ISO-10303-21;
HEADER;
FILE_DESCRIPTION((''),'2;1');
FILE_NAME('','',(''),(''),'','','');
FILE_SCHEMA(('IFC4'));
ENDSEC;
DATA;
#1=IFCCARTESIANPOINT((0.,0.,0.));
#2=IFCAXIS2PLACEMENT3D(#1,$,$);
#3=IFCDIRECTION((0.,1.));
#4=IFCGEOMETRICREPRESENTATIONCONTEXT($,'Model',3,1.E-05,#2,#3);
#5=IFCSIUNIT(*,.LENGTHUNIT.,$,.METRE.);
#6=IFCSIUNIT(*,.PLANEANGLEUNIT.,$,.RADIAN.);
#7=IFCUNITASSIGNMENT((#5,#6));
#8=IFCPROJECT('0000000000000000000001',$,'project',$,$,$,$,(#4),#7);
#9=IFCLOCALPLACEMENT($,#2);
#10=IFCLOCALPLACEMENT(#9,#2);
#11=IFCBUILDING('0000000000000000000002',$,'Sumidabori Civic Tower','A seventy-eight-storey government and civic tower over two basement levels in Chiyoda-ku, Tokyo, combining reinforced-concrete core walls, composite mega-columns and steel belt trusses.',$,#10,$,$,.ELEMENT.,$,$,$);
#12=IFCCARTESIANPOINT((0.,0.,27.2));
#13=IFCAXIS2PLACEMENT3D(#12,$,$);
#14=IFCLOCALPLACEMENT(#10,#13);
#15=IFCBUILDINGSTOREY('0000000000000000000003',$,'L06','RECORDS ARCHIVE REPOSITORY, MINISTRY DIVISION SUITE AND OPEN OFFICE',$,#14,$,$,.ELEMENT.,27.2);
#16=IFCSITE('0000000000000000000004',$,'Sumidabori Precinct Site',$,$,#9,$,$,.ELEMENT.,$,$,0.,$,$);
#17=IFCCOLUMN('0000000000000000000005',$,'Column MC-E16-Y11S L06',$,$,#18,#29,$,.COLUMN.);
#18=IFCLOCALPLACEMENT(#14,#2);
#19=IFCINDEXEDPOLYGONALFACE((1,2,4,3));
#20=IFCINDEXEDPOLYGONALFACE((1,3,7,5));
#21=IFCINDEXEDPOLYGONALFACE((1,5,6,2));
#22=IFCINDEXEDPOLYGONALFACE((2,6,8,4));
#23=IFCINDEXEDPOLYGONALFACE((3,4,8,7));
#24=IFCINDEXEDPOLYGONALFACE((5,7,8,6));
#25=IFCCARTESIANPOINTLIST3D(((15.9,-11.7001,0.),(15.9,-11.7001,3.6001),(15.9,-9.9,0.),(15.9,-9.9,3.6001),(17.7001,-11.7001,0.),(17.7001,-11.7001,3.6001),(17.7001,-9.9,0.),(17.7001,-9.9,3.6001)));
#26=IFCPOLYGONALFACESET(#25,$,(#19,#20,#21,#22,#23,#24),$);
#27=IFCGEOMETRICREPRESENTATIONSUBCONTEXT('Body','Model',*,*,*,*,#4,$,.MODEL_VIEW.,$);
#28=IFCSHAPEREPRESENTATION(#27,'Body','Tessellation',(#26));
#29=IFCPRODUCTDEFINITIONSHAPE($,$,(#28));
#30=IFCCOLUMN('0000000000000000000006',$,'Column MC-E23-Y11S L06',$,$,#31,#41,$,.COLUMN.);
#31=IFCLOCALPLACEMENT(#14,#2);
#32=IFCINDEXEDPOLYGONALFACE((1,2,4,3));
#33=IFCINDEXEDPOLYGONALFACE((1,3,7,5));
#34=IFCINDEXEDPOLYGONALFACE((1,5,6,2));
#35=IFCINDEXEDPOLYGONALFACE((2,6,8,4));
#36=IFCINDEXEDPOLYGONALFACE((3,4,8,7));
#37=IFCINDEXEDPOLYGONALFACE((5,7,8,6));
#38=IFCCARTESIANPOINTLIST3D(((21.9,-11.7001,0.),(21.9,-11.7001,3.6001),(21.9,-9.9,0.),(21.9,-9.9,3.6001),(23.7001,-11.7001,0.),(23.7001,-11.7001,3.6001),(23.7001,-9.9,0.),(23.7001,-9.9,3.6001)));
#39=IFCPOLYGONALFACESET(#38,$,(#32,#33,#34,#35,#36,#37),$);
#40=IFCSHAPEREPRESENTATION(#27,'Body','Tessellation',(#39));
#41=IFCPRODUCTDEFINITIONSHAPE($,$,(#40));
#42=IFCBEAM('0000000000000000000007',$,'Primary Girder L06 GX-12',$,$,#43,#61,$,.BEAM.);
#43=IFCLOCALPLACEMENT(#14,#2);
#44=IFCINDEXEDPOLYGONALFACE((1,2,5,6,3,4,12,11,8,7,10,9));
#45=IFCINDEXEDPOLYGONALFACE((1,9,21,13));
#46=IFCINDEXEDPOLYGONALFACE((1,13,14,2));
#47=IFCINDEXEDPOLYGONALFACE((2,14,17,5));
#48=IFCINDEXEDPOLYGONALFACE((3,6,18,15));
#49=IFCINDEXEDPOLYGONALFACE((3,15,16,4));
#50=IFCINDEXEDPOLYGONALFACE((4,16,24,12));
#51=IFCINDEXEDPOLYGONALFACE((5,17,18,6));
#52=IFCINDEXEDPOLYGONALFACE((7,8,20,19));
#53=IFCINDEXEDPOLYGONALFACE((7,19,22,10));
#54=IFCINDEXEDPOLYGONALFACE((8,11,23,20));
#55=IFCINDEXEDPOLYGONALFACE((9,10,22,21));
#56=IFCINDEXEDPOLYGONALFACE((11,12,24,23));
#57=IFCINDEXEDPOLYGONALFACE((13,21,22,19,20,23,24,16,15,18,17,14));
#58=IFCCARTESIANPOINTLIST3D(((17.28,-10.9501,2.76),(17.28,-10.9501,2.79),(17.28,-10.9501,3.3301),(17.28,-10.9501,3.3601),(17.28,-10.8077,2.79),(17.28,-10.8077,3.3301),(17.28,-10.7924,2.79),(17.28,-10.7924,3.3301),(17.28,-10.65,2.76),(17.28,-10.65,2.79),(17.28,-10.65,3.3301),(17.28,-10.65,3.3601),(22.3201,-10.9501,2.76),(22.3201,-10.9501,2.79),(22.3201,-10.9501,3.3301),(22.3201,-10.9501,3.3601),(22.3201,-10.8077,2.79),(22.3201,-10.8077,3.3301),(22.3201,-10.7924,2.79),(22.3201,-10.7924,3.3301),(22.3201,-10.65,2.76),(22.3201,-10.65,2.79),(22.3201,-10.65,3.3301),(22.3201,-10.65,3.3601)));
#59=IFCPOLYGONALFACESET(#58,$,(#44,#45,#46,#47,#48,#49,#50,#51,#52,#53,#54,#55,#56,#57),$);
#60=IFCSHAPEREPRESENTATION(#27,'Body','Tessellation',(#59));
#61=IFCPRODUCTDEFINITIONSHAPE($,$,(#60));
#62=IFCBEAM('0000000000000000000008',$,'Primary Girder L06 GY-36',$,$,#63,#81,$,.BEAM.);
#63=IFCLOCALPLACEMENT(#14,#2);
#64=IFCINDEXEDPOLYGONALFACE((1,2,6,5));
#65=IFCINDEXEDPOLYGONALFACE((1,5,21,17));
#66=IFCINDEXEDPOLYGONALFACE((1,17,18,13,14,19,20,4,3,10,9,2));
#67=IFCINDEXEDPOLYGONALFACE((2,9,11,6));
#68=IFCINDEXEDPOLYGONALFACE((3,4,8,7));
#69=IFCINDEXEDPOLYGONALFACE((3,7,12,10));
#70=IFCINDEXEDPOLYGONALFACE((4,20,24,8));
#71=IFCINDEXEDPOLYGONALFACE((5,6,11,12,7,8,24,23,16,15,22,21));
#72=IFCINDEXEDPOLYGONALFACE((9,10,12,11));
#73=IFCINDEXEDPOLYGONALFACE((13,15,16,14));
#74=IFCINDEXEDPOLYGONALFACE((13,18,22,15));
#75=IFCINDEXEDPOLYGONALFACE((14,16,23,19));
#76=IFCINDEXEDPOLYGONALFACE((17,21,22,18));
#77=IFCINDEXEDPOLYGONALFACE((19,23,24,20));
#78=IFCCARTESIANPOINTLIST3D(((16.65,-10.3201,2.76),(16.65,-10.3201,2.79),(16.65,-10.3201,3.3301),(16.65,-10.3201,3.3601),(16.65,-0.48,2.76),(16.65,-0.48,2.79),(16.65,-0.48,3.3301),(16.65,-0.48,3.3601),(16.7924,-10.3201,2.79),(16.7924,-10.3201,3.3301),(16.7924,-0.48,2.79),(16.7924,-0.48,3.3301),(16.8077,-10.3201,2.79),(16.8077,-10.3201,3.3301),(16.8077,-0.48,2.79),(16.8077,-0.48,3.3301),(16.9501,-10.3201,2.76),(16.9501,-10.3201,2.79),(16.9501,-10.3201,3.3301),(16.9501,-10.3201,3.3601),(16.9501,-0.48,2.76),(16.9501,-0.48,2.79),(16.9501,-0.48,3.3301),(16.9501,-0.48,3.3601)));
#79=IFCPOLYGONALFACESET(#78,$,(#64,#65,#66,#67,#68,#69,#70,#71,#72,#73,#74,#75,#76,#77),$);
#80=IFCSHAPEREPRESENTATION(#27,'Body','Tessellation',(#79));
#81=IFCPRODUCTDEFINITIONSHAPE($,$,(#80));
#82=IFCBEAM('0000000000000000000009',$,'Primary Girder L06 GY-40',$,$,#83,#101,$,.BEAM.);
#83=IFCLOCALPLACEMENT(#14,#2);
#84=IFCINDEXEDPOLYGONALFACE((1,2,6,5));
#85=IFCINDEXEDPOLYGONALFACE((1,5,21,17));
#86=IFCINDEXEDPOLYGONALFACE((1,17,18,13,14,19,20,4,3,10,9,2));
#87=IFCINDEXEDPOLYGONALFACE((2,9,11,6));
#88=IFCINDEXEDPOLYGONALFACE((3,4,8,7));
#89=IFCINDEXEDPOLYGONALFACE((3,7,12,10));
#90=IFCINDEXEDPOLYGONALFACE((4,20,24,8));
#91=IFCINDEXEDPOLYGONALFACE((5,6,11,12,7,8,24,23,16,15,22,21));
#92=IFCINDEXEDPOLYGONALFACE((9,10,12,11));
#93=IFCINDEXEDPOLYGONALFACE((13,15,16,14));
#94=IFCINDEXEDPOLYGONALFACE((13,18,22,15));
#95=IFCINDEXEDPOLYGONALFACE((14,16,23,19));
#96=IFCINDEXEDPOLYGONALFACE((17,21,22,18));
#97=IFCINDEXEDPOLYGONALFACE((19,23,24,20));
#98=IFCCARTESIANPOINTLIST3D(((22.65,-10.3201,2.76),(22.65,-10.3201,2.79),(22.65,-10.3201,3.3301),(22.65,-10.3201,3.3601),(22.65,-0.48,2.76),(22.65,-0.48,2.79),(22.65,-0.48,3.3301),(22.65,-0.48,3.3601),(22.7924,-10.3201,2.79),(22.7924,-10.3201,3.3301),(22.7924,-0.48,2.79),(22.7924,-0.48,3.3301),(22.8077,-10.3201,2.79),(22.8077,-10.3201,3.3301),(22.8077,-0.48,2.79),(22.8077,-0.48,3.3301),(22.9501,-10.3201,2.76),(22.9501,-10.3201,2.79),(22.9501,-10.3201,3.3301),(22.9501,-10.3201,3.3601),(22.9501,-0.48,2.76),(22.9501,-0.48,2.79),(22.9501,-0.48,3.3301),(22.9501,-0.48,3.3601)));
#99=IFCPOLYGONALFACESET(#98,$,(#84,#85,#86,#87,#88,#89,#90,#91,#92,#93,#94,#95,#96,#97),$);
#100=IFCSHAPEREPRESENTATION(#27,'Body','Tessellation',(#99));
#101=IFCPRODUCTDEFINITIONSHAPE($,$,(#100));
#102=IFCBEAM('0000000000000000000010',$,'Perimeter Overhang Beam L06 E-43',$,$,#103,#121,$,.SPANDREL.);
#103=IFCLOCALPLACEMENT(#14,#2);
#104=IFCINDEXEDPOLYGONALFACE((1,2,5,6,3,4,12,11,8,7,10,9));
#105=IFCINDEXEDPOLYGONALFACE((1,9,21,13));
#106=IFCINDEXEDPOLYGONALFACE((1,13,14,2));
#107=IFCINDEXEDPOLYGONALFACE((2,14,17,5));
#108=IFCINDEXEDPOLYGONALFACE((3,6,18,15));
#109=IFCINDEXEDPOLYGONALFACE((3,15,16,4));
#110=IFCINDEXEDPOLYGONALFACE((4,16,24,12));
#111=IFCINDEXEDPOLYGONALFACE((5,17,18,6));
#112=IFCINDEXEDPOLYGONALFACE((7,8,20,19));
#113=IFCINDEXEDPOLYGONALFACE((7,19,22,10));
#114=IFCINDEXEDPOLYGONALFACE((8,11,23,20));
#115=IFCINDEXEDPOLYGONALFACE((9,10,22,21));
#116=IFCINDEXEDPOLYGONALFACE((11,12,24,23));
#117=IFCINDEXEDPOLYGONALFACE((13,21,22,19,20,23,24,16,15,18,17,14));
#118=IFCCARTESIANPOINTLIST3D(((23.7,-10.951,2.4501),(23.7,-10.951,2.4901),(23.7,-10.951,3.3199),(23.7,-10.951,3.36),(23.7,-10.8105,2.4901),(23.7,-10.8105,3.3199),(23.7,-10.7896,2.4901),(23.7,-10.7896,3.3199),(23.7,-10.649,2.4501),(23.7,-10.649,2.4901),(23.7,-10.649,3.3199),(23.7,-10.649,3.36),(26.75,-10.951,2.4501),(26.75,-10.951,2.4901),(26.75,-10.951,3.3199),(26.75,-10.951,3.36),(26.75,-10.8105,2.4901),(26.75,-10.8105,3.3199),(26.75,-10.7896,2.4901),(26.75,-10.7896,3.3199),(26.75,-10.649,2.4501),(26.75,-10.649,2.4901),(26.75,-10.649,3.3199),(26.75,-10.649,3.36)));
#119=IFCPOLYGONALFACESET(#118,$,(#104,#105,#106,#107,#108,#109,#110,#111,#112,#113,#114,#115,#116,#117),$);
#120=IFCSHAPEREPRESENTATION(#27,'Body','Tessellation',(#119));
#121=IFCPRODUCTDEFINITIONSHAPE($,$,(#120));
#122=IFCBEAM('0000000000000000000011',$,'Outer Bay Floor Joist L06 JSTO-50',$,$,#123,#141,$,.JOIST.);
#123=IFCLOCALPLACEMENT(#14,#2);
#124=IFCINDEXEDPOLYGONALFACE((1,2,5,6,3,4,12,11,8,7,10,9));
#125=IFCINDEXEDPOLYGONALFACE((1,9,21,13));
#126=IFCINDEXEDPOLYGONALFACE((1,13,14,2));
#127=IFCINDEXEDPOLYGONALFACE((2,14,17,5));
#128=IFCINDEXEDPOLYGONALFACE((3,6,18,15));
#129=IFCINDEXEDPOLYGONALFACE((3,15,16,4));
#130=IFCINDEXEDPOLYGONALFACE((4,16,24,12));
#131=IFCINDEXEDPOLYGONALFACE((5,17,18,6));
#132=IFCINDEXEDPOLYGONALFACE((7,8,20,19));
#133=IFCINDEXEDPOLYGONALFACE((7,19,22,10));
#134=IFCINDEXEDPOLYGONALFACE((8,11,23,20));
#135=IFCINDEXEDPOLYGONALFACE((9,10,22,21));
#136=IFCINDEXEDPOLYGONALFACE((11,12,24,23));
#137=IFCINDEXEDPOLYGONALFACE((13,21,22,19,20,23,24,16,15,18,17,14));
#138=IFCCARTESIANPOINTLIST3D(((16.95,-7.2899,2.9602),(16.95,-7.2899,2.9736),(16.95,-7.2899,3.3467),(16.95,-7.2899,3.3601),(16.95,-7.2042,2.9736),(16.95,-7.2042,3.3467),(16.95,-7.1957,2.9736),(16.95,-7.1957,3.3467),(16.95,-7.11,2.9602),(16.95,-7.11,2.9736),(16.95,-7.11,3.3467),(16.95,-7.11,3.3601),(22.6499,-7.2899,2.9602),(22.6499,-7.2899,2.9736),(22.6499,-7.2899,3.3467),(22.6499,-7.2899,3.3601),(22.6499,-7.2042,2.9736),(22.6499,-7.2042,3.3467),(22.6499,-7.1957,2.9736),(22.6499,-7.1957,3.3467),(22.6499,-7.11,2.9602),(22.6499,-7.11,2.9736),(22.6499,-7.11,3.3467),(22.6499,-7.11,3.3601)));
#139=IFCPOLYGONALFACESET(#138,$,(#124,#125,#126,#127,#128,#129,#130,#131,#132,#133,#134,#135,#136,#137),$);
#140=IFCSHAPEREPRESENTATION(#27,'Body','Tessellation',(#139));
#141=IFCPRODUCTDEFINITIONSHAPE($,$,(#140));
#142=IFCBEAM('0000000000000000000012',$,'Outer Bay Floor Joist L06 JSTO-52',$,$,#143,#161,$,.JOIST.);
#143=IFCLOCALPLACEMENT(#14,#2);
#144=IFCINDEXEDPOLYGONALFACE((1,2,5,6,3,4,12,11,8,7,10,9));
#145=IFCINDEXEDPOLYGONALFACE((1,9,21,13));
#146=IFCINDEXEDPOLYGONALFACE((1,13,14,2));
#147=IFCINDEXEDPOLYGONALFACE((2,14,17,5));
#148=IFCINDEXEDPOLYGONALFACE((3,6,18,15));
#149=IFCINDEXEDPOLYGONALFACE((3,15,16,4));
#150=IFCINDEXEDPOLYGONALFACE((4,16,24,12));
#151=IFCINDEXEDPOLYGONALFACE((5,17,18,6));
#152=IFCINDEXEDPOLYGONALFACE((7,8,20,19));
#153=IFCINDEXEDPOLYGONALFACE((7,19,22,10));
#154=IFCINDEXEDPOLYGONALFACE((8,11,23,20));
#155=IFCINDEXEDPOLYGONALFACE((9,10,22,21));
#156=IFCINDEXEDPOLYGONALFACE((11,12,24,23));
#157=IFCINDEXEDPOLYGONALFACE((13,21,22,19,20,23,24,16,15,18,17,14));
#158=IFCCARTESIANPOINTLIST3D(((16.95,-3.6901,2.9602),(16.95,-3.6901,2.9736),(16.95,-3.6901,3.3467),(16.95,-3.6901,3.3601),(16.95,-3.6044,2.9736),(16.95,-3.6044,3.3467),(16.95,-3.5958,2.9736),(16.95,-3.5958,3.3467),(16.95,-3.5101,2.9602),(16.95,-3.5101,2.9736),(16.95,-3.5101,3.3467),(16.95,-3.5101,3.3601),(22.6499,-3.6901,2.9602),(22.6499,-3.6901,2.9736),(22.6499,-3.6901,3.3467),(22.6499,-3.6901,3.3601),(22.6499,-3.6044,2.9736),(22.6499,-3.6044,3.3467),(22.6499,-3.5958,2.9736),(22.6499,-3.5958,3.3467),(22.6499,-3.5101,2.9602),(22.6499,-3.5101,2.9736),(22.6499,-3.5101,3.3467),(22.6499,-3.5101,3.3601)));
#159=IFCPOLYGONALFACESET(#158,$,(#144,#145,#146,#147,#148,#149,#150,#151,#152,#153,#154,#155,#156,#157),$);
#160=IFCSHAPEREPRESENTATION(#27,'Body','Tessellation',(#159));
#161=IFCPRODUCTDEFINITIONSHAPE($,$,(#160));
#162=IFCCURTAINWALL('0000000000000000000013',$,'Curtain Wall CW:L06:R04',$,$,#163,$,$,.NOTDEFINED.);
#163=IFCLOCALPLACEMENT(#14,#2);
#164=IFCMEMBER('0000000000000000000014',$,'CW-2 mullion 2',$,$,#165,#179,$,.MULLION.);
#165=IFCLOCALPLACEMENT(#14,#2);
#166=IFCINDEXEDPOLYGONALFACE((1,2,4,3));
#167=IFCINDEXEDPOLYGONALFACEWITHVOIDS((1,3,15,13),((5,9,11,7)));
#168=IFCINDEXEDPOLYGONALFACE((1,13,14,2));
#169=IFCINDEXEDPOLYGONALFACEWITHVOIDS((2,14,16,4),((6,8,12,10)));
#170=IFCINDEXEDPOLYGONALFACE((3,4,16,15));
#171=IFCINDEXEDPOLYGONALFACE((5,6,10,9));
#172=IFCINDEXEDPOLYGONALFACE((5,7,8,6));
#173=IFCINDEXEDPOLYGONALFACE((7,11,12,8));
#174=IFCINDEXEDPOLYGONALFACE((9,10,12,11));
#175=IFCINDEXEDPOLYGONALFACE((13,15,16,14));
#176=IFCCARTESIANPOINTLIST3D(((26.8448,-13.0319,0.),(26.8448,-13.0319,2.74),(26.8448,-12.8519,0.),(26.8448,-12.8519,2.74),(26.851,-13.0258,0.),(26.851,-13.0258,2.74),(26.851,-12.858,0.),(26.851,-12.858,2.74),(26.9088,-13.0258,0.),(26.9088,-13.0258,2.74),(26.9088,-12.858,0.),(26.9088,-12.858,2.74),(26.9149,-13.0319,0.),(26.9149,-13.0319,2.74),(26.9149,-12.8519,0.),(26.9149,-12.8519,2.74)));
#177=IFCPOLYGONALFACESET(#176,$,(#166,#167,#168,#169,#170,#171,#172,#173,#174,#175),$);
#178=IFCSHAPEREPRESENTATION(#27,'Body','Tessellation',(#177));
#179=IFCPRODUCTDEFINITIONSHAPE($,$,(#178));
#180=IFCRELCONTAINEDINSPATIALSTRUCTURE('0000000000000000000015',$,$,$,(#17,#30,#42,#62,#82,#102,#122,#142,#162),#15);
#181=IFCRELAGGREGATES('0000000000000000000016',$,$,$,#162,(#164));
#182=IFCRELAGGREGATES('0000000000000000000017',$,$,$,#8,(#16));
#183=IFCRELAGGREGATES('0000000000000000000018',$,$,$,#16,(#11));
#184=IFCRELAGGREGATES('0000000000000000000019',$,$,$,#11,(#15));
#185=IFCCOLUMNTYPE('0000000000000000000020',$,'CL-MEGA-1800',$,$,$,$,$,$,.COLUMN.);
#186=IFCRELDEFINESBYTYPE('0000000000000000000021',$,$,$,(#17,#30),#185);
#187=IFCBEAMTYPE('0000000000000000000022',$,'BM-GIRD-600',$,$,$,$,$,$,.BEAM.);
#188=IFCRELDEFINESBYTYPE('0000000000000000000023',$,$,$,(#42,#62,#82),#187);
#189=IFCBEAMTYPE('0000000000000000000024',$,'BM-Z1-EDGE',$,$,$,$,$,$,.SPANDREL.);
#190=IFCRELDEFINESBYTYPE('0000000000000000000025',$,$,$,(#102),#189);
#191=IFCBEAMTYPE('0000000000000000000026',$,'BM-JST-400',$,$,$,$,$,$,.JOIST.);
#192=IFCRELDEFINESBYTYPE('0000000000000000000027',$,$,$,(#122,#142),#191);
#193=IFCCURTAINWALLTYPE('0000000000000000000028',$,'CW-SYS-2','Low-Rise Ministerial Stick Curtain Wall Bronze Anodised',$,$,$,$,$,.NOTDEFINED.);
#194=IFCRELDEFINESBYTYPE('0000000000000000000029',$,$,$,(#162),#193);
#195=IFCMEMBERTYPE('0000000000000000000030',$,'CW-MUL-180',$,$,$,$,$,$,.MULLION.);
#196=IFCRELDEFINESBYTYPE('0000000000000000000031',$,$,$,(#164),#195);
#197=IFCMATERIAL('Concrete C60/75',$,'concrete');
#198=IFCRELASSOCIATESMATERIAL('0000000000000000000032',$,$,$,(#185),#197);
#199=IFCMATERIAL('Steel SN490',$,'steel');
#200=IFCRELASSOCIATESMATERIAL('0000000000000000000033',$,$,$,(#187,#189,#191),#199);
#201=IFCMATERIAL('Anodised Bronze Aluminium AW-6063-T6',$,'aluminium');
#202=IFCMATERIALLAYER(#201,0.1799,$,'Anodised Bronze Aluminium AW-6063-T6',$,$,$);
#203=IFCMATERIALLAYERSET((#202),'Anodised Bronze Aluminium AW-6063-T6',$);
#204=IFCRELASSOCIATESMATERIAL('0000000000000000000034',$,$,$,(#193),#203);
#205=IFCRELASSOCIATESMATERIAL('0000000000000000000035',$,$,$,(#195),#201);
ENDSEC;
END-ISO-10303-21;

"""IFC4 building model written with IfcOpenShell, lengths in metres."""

from ifc_helpers import new_model, si_unit, direction, frame, origin, origin_2d, place, context, subcontext, project, spatial, rectangle, hollow_rectangle, i_section, extrude, source, transform, mapped, material, layer, layer_set, material_profile, profile_set, type_object, element, aggregate, save


model = new_model("IFC4")

# Units and contexts
model_context = context("Model", 3, precision=1e-05, world=origin(), true_north=direction((0.0, 1.0)))
body_context = subcontext(model_context, "Body", "Model", "MODEL_VIEW")
ifc_project = project(units=[si_unit("LENGTHUNIT", "METRE"), si_unit("PLANEANGLEUNIT", "RADIAN")], contexts=[model_context])

# Site, building, storey
site_placement = place(None, origin())
site = spatial("IfcSite", under=ifc_project, at=site_placement, Name="Sumidabori Precinct Site", CompositionType="ELEMENT", RefElevation=0.0)
building_placement = place(site_placement, origin())
building = spatial("IfcBuilding", under=site, at=building_placement, Name="Sumidabori Civic Tower", Description="A seventy-eight-storey government and civic tower over two basement levels in Chiyoda-ku, Tokyo, combining reinforced-concrete core walls, composite mega-columns and steel belt trusses.", CompositionType="ELEMENT")
storey_placement = place(building_placement, frame((0.0, 0.0, 27.2)))
storey = spatial("IfcBuildingStorey", under=building, at=storey_placement, Name="L06", Description="RECORDS ARCHIVE REPOSITORY, MINISTRY DIVISION SUITE AND OPEN OFFICE", CompositionType="ELEMENT", Elevation=27.2)

# Columns
ifc_material_1 = material(Name="Concrete C60/75", Category="concrete")
ifc_material_profile_1 = material_profile(ifc_material_1, rectangle(XDim=1.8, YDim=1.8, at=origin_2d()), Name="RC 1800x1800")
ifc_profile_set_1 = profile_set([ifc_material_profile_1], Name="Concrete C60/75")
column_type = type_object("IfcColumnType", Name="CL-MEGA-1800", PredefinedType="COLUMN", material=ifc_profile_set_1)
shared_shape_1 = source(origin(), body_context, "Body", "SweptSolid", [
    extrude(rectangle(XDim=1.8, YDim=1.8, at=origin_2d()), origin(), (0.0, 0.0, 1.0), 3.6001),
])
for number, where, z_axis, x_axis, name in (
    (1, (16.8, -10.8, 0.0), (0.0, 0.0, 1.0), (1.0, 0.0, 0.0), "Column MC-E16-Y11S L06"),
    (2, (22.8, -10.8, 0.0), (0.0, 0.0, 1.0), (1.0, 0.0, 0.0), "Column MC-E23-Y11S L06"),
):
    element("IfcColumn", number, at=place(storey_placement, frame(where, z_axis=z_axis, x_axis=x_axis)), inside=storey, type_object=column_type, Name=name, PredefinedType="COLUMN", context=body_context, shape_type="MappedRepresentation", body=[
        mapped(shared_shape_1, transform((0.0, 0.0, 0.0), x_axis=(1.0, 0.0, 0.0), y_axis=(0.0, 1.0, 0.0), z_axis=(0.0, 0.0, 1.0), scale=1.0)),
    ])

# Beams
ifc_material_2 = material(Name="Steel SN490", Category="steel")
ifc_material_profile_2 = material_profile(ifc_material_2, i_section(OverallWidth=0.3, OverallDepth=0.6001, WebThickness=0.0154, FlangeThickness=0.03, at=origin_2d()), Name="HE 600 B")
ifc_profile_set_2 = profile_set([ifc_material_profile_2], Name="Steel SN490")
beam_type_1 = type_object("IfcBeamType", Name="BM-GIRD-600", PredefinedType="BEAM", material=ifc_profile_set_2)
shared_shape_2 = source(origin(), body_context, "Body", "SweptSolid", [
    extrude(i_section(OverallWidth=0.3, OverallDepth=0.6001, WebThickness=0.0154, FlangeThickness=0.03, at=origin_2d()), origin(), (0.0, 0.0, 1.0), 5.04),
])
beam_1_placement = place(storey_placement, frame((17.28, -10.8, 3.0601), z_axis=(1.0, 0.0, 0.0), x_axis=(0.0, 1.0, 0.0)))
element("IfcBeam", 3, at=beam_1_placement, inside=storey, type_object=beam_type_1, Name="Primary Girder L06 GX-12", PredefinedType="BEAM", context=body_context, shape_type="MappedRepresentation", body=[
    mapped(shared_shape_2, transform((0.0, 0.0, 0.0), x_axis=(1.0, 0.0, 0.0), y_axis=(0.0, 1.0, 0.0), z_axis=(0.0, 0.0, 1.0), scale=1.0)),
])
shared_shape_3 = source(origin(), body_context, "Body", "SweptSolid", [
    extrude(i_section(OverallWidth=0.3, OverallDepth=0.6001, WebThickness=0.0154, FlangeThickness=0.03, at=origin_2d()), origin(), (0.0, 0.0, 1.0), 9.8401),
])
for number, where, z_axis, x_axis, name in (
    (4, (16.8, -10.3201, 3.0601), (0.0, 1.0, 0.0), (-1.0, 0.0, 0.0), "Primary Girder L06 GY-36"),
    (5, (22.8, -10.3201, 3.0601), (0.0, 1.0, 0.0), (-1.0, 0.0, 0.0), "Primary Girder L06 GY-40"),
):
    element("IfcBeam", number, at=place(storey_placement, frame(where, z_axis=z_axis, x_axis=x_axis)), inside=storey, type_object=beam_type_1, Name=name, PredefinedType="BEAM", context=body_context, shape_type="MappedRepresentation", body=[
        mapped(shared_shape_3, transform((0.0, 0.0, 0.0), x_axis=(1.0, 0.0, 0.0), y_axis=(0.0, 1.0, 0.0), z_axis=(0.0, 0.0, 1.0), scale=1.0)),
    ])
ifc_material_profile_3 = material_profile(ifc_material_2, i_section(OverallWidth=0.302, OverallDepth=0.9099, WebThickness=0.021, FlangeThickness=0.04, at=origin_2d()), Name="HE 900 M")
ifc_profile_set_3 = profile_set([ifc_material_profile_3], Name="Steel SN490")
beam_type_2 = type_object("IfcBeamType", Name="BM-Z1-EDGE", PredefinedType="SPANDREL", material=ifc_profile_set_3)
shared_shape_4 = source(origin(), body_context, "Body", "SweptSolid", [
    extrude(i_section(OverallWidth=0.302, OverallDepth=0.9099, WebThickness=0.021, FlangeThickness=0.04, at=origin_2d()), origin(), (0.0, 0.0, 1.0), 3.05),
])
beam_2_placement = place(storey_placement, frame((23.7, -10.8, 2.905), z_axis=(1.0, 0.0, 0.0), x_axis=(0.0, 1.0, 0.0)))
element("IfcBeam", 6, at=beam_2_placement, inside=storey, type_object=beam_type_2, Name="Perimeter Overhang Beam L06 E-43", PredefinedType="SPANDREL", context=body_context, shape_type="MappedRepresentation", body=[
    mapped(shared_shape_4, transform((0.0, 0.0, 0.0), x_axis=(1.0, 0.0, 0.0), y_axis=(0.0, 1.0, 0.0), z_axis=(0.0, 0.0, 1.0), scale=1.0)),
])
ifc_material_profile_4 = material_profile(ifc_material_2, i_section(OverallWidth=0.1799, OverallDepth=0.3999, WebThickness=0.0085, FlangeThickness=0.0134, at=origin_2d()), Name="IPE 400")
ifc_profile_set_4 = profile_set([ifc_material_profile_4], Name="Steel SN490")
beam_type_3 = type_object("IfcBeamType", Name="BM-JST-400", PredefinedType="JOIST", material=ifc_profile_set_4)
shared_shape_5 = source(origin(), body_context, "Body", "SweptSolid", [
    extrude(i_section(OverallWidth=0.1799, OverallDepth=0.3999, WebThickness=0.0085, FlangeThickness=0.0134, at=origin_2d()), origin(), (0.0, 0.0, 1.0), 5.7),
])
for number, where, z_axis, x_axis, name in (
    (7, (16.95, -7.2, 3.1602), (1.0, 0.0, 0.0), (0.0, 1.0, 0.0), "Outer Bay Floor Joist L06 JSTO-50"),
    (8, (16.95, -3.6001, 3.1602), (1.0, 0.0, 0.0), (0.0, 1.0, 0.0), "Outer Bay Floor Joist L06 JSTO-52"),
):
    element("IfcBeam", number, at=place(storey_placement, frame(where, z_axis=z_axis, x_axis=x_axis)), inside=storey, type_object=beam_type_3, Name=name, PredefinedType="JOIST", context=body_context, shape_type="MappedRepresentation", body=[
        mapped(shared_shape_5, transform((0.0, 0.0, 0.0), x_axis=(1.0, 0.0, 0.0), y_axis=(0.0, 1.0, 0.0), z_axis=(0.0, 0.0, 1.0), scale=1.0)),
    ])

# Curtain wall, member
ifc_material_3 = material(Name="Anodised Bronze Aluminium AW-6063-T6", Category="aluminium")
ifc_layer_1 = layer(ifc_material_3, 0.1799, Name="Anodised Bronze Aluminium AW-6063-T6")
ifc_layer_set_1 = layer_set([ifc_layer_1], Name="Anodised Bronze Aluminium AW-6063-T6")
curtain_wall_type = type_object("IfcCurtainWallType", Name="CW-SYS-2", Description="Low-Rise Ministerial Stick Curtain Wall Bronze Anodised", PredefinedType="NOTDEFINED", material=ifc_layer_set_1)
curtain_wall_placement = place(storey_placement, origin())
curtain_wall = element("IfcCurtainWall", 9, at=curtain_wall_placement, inside=storey, type_object=curtain_wall_type, Name="Curtain Wall CW:L06:R04", PredefinedType="NOTDEFINED")
ifc_material_profile_5 = material_profile(ifc_material_3, hollow_rectangle(XDim=0.0701, YDim=0.1799, WallThickness=0.0061, at=origin_2d()), Name="ALU MULLION 180x70")
ifc_profile_set_5 = profile_set([ifc_material_profile_5], Name="Anodised Bronze Aluminium AW-6063-T6")
member_type_1 = type_object("IfcMemberType", Name="CW-MUL-180", PredefinedType="MULLION", material=ifc_profile_set_5)
shared_shape_6 = source(origin(), body_context, "Body", "SweptSolid", [
    extrude(hollow_rectangle(XDim=0.0701, YDim=0.1799, WallThickness=0.0061, at=origin_2d()), origin(), (0.0, 0.0, 1.0), 2.74),
])
member_1_placement = place(storey_placement, frame((26.8799, -12.9419, 0.0), z_axis=(0.0, 0.0, 1.0), x_axis=(-1.0, 0.0, 0.0)))
member_1 = element("IfcMember", 10, at=member_1_placement, type_object=member_type_1, Name="CW-2 mullion 2", PredefinedType="MULLION", context=body_context, shape_type="MappedRepresentation", body=[
    mapped(shared_shape_6, transform((0.0, 0.0, 0.0), x_axis=(1.0, 0.0, 0.0), y_axis=(0.0, 1.0, 0.0), z_axis=(0.0, 0.0, 1.0), scale=1.0)),
])
aggregate(curtain_wall, [member_1])

save(model, "model.ifc")
